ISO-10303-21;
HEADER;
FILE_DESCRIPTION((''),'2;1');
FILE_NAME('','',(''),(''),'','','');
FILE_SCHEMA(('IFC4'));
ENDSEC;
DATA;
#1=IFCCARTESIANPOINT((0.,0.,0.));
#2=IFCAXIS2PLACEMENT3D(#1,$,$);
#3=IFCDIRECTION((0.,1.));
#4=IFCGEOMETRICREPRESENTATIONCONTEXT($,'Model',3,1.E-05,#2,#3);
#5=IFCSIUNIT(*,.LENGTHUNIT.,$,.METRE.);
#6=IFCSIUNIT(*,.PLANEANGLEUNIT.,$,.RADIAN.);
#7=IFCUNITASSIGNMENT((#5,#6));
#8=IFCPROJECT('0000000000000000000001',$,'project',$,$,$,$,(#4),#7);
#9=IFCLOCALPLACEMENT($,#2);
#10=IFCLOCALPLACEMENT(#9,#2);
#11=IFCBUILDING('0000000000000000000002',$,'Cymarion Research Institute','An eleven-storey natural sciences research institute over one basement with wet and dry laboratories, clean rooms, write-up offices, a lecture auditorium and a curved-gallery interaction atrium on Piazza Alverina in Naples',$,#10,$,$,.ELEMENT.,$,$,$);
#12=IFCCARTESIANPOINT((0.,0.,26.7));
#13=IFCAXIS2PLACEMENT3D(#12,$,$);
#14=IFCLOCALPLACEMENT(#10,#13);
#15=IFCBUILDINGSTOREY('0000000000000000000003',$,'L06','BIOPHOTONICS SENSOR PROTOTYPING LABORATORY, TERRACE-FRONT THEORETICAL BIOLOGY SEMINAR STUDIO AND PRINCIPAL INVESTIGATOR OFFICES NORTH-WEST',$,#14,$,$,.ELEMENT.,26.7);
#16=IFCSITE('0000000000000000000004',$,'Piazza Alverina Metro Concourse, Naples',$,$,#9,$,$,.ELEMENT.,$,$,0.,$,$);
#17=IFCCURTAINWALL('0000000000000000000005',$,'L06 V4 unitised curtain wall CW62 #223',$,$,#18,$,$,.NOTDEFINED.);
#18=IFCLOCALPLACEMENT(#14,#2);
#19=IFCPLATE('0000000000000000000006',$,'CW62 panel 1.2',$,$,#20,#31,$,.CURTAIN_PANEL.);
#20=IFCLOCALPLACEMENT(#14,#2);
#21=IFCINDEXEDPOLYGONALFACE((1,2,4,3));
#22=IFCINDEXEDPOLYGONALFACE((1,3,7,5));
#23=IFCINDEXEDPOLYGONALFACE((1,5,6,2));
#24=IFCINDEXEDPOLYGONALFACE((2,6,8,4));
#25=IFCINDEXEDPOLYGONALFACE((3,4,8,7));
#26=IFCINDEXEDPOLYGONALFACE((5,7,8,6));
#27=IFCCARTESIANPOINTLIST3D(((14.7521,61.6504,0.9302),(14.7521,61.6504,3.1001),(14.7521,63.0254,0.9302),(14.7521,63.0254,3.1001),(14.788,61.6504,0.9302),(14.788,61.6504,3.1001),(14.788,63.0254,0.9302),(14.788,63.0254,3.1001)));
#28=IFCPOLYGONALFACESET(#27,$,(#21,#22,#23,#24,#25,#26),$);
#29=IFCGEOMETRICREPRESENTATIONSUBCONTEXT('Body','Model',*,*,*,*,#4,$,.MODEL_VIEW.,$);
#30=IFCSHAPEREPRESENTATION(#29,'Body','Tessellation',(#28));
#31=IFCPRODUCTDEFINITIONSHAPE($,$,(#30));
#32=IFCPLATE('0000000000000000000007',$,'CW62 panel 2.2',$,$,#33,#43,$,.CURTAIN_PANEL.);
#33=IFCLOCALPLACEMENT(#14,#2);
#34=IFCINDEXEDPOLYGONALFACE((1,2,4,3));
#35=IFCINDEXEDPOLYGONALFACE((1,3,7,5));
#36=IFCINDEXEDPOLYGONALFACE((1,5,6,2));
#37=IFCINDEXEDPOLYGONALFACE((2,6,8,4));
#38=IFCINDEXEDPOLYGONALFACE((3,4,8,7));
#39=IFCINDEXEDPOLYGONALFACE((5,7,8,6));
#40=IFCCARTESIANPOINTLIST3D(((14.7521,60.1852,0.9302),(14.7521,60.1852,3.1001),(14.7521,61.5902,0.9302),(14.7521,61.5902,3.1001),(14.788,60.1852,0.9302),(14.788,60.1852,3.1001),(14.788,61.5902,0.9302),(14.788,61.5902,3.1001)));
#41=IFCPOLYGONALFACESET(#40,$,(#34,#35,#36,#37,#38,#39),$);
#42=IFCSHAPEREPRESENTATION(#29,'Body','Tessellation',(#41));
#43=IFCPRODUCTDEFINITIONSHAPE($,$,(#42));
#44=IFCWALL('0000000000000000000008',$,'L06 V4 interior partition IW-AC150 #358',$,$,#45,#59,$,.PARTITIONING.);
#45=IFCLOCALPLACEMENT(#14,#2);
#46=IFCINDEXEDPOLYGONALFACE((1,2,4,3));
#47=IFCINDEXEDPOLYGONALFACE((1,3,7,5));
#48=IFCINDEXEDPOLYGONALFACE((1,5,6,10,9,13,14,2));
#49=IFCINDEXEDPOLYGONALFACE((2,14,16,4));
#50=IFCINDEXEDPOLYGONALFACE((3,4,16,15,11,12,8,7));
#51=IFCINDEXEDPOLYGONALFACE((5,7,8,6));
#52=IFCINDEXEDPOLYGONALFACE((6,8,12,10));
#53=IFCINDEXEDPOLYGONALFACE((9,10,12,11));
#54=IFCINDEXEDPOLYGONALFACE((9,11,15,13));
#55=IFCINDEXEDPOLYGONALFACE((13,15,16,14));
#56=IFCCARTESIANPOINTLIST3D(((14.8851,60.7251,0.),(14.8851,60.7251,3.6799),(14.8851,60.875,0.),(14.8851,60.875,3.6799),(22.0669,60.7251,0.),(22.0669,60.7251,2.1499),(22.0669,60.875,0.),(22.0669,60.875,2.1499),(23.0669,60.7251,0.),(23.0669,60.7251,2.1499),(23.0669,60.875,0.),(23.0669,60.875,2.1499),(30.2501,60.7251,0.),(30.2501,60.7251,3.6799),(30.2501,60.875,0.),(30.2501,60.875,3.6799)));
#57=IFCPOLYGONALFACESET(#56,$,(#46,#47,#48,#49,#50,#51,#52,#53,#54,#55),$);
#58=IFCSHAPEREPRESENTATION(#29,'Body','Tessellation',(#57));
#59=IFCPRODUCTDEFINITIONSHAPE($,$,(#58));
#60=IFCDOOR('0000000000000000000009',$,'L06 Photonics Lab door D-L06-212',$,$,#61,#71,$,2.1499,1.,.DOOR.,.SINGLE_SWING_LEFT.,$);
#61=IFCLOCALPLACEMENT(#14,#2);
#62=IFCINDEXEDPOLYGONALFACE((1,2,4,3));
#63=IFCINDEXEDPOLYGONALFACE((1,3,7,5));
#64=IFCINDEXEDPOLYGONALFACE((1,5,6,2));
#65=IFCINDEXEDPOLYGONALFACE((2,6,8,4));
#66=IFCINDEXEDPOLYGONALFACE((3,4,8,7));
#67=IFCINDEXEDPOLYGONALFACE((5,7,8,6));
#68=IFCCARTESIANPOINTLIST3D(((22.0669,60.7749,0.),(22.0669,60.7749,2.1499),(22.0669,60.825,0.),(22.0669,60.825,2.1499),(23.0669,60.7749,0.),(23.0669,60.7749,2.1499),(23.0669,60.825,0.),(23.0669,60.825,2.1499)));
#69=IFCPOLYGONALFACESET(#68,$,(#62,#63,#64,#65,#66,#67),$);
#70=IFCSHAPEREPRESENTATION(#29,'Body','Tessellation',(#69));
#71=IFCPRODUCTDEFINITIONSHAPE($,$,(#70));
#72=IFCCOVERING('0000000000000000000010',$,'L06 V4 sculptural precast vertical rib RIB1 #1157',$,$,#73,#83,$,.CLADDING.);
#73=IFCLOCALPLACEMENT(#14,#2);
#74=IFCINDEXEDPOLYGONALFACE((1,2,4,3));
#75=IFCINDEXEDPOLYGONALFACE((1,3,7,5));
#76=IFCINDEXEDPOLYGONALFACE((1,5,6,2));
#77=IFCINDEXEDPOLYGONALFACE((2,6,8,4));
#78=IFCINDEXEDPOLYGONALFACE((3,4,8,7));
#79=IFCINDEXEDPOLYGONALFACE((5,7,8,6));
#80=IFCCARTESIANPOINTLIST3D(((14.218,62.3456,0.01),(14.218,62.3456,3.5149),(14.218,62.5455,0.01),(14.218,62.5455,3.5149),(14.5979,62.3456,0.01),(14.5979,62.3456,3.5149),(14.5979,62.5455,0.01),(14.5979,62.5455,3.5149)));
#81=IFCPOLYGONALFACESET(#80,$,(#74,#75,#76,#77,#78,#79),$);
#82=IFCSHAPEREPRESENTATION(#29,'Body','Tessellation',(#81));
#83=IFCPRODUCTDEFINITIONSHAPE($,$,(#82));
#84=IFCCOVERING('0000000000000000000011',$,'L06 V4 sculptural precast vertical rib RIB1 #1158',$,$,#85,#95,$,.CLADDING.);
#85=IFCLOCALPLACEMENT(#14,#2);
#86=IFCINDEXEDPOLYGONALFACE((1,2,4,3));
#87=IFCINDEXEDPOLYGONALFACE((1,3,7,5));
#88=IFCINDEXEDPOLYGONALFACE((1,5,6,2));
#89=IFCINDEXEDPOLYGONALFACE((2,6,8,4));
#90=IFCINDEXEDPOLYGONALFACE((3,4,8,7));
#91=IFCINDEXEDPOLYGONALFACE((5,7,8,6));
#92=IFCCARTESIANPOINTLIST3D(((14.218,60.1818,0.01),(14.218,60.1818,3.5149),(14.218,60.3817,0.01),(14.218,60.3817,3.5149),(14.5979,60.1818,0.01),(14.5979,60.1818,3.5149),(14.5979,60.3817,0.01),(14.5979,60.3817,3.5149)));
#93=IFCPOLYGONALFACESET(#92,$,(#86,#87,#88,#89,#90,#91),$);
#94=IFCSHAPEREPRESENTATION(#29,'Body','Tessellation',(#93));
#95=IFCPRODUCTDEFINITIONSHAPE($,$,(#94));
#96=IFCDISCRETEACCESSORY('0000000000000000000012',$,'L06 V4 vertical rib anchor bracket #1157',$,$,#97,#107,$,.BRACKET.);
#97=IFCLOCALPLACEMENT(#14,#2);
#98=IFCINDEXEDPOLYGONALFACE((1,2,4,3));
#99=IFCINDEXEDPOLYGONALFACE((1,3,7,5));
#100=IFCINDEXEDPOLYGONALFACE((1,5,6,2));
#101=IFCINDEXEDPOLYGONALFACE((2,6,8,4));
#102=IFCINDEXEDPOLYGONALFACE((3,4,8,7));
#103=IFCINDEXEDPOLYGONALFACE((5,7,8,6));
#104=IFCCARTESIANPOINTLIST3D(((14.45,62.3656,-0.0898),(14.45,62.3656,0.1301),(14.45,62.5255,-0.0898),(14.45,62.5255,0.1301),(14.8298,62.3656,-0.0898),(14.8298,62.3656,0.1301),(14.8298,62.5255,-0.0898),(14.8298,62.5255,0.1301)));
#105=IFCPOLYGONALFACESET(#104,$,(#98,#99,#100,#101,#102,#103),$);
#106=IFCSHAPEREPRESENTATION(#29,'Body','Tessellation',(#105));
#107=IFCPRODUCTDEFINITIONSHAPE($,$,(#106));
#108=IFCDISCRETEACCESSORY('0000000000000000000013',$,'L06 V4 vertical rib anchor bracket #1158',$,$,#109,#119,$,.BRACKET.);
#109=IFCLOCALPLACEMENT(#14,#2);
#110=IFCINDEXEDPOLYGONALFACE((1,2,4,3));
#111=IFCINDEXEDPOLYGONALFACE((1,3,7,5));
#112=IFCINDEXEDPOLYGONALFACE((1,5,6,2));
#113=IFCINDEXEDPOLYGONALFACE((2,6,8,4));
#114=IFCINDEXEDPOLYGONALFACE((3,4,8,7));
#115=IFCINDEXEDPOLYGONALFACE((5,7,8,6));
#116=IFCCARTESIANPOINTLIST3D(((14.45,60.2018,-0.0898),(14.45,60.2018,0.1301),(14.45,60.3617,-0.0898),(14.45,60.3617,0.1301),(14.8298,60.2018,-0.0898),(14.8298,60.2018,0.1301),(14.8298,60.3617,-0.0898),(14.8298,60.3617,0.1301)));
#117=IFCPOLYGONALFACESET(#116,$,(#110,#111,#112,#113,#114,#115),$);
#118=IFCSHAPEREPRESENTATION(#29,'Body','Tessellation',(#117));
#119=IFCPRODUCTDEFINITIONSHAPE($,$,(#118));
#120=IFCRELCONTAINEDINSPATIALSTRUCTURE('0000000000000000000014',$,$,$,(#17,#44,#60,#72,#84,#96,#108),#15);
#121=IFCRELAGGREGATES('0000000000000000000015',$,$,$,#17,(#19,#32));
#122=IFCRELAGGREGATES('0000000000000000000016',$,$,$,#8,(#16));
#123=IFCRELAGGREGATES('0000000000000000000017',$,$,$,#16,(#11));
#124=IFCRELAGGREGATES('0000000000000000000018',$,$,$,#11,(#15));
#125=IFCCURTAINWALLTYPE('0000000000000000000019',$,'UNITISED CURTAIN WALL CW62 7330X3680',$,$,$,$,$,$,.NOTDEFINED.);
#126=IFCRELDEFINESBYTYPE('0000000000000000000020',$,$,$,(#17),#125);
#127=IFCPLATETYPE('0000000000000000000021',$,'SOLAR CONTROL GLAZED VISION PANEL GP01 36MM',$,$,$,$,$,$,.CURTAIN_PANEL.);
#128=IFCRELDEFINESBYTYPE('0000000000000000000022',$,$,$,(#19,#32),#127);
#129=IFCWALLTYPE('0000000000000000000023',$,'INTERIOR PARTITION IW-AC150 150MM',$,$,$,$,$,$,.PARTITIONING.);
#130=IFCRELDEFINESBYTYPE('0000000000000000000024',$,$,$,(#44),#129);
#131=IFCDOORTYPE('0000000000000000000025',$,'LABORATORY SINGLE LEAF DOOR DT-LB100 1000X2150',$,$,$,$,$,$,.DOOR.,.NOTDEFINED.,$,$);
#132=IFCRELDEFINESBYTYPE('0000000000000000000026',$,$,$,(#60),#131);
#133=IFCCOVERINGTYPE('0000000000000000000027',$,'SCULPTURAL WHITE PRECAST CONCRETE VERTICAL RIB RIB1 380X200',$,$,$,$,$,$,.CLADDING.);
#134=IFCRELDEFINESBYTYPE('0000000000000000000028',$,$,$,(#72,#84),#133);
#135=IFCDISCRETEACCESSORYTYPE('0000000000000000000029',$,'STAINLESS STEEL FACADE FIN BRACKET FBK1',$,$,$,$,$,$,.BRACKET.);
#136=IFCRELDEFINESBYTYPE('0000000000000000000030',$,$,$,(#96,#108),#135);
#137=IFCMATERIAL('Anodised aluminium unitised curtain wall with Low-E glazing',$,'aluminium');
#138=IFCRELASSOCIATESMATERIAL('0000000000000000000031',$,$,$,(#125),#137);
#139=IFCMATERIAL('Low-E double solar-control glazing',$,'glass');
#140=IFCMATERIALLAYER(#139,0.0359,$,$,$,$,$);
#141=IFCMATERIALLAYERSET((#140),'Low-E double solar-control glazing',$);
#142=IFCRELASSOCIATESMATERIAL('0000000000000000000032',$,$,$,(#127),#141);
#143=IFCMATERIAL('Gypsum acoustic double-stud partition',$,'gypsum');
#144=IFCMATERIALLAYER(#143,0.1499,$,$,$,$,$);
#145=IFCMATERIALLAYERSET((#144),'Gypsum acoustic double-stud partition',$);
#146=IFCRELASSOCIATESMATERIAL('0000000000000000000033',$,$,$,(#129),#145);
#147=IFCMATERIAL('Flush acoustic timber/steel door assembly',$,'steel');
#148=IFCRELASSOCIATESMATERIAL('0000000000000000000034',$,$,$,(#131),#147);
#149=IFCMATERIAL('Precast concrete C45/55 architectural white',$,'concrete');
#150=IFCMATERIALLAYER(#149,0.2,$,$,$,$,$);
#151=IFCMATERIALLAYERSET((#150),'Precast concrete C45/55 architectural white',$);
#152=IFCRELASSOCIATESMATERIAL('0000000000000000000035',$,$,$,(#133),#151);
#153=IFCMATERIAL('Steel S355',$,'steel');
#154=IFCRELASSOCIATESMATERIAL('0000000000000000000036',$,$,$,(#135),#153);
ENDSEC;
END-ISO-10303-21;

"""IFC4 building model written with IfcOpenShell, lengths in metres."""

from ifc_helpers import new_model, si_unit, direction, frame, frame_2d, origin, origin_2d, place, context, subcontext, project, spatial, rectangle, extrude, material, layer, layer_set, type_object, element, fill, aggregate, save


model = new_model("IFC4")

# Units and contexts
model_context = context("Model", 3, precision=1e-05, world=origin(), true_north=direction((0.0, 1.0)))
body_context = subcontext(model_context, "Body", "Model", "MODEL_VIEW")
ifc_project = project(units=[si_unit("LENGTHUNIT", "METRE"), si_unit("PLANEANGLEUNIT", "RADIAN")], contexts=[model_context])

# Site, building, storey
site_placement = place(None, origin())
site = spatial("IfcSite", under=ifc_project, at=site_placement, Name="Piazza Alverina Metro Concourse, Naples", CompositionType="ELEMENT", RefElevation=0.0)
building_placement = place(site_placement, origin())
building = spatial("IfcBuilding", under=site, at=building_placement, Name="Cymarion Research Institute", Description="An eleven-storey natural sciences research institute over one basement with wet and dry laboratories, clean rooms, write-up offices, a lecture auditorium and a curved-gallery interaction atrium on Piazza Alverina in Naples", CompositionType="ELEMENT")
storey_placement = place(building_placement, frame((0.0, 0.0, 26.7)))
storey = spatial("IfcBuildingStorey", under=building, at=storey_placement, Name="L06", Description="BIOPHOTONICS SENSOR PROTOTYPING LABORATORY, TERRACE-FRONT THEORETICAL BIOLOGY SEMINAR STUDIO AND PRINCIPAL INVESTIGATOR OFFICES NORTH-WEST", CompositionType="ELEMENT", Elevation=26.7)

# Curtain wall, plates
ifc_material_1 = material(Name="Anodised aluminium unitised curtain wall with Low-E glazing", Category="aluminium")
curtain_wall_type = type_object("IfcCurtainWallType", Name="UNITISED CURTAIN WALL CW62 7330X3680", PredefinedType="NOTDEFINED", material=ifc_material_1)
curtain_wall_placement = place(storey_placement, origin())
curtain_wall = element("IfcCurtainWall", 1, at=curtain_wall_placement, inside=storey, type_object=curtain_wall_type, Name="L06 V4 unitised curtain wall CW62 #223", PredefinedType="NOTDEFINED")
ifc_material_2 = material(Name="Low-E double solar-control glazing", Category="glass")
ifc_layer_1 = layer(ifc_material_2, 0.0359)
ifc_layer_set_1 = layer_set([ifc_layer_1], Name="Low-E double solar-control glazing")
plate_type_1 = type_object("IfcPlateType", Name="SOLAR CONTROL GLAZED VISION PANEL GP01 36MM", PredefinedType="CURTAIN_PANEL", material=ifc_layer_set_1)
plate_1_placement = place(storey_placement, frame((14.77, 62.3379, 0.9302), z_axis=(0.0, 0.0, 1.0), x_axis=(0.0, -1.0, 0.0)))
plate_1 = element("IfcPlate", 2, at=plate_1_placement, type_object=plate_type_1, Name="CW62 panel 1.2", PredefinedType="CURTAIN_PANEL", context=body_context, shape_type="SweptSolid", body=[
    extrude(rectangle(XDim=1.375, YDim=0.0359, at=origin_2d()), origin(), (0.0, 0.0, 1.0), 2.1699),
])
plate_2_placement = place(storey_placement, frame((14.77, 60.8877, 0.9302), z_axis=(0.0, 0.0, 1.0), x_axis=(0.0, -1.0, 0.0)))
plate_2 = element("IfcPlate", 3, at=plate_2_placement, type_object=plate_type_1, Name="CW62 panel 2.2", PredefinedType="CURTAIN_PANEL", context=body_context, shape_type="SweptSolid", body=[
    extrude(rectangle(XDim=1.405, YDim=0.0359, at=origin_2d()), origin(), (0.0, 0.0, 1.0), 2.1699),
])
aggregate(curtain_wall, [plate_1, plate_2])

# Wall, opening, door
ifc_material_3 = material(Name="Gypsum acoustic double-stud partition", Category="gypsum")
ifc_layer_2 = layer(ifc_material_3, 0.1499)
ifc_layer_set_2 = layer_set([ifc_layer_2], Name="Gypsum acoustic double-stud partition")
wall_type = type_object("IfcWallType", Name="INTERIOR PARTITION IW-AC150 150MM", PredefinedType="PARTITIONING", material=ifc_layer_set_2)
wall_placement = place(storey_placement, frame((14.885, 60.8, 0.0), z_axis=(0.0, 0.0, 1.0), x_axis=(1.0, 0.0, 0.0)))
wall = element("IfcWall", 4, at=wall_placement, inside=storey, type_object=wall_type, Name="L06 V4 interior partition IW-AC150 #358", PredefinedType="PARTITIONING", context=body_context, shape_type="SweptSolid", body=[
    extrude(rectangle(XDim=15.365, YDim=0.1499, at=frame_2d((7.6826, 0.0))), origin(), (0.0, 0.0, 1.0), 3.6799),
])
opening_placement = place(wall_placement, frame((7.1819, 0.0, 0.0)))
opening = element("IfcOpeningElement", 5, at=opening_placement, cuts=wall, PredefinedType="OPENING", context=body_context, shape_type="SweptSolid", body=[
    extrude(rectangle(XDim=1.0, YDim=2.1499, at=frame_2d((0.5, 1.075))), frame((0.0, 0.085, 0.0), z_axis=(0.0, -1.0, 0.0), x_axis=(1.0, 0.0, 0.0)), (0.0, 0.0, 1.0), 0.1699),
])
ifc_material_4 = material(Name="Flush acoustic timber/steel door assembly", Category="steel")
door_type = type_object("IfcDoorType", Name="LABORATORY SINGLE LEAF DOOR DT-LB100 1000X2150", OperationType="NOTDEFINED", PredefinedType="DOOR", material=ifc_material_4)
door_placement = place(opening_placement, origin())
door = element("IfcDoor", 6, at=door_placement, inside=storey, type_object=door_type, Name="L06 Photonics Lab door D-L06-212", OperationType="SINGLE_SWING_LEFT", OverallHeight=2.1499, OverallWidth=1.0, PredefinedType="DOOR", context=body_context, shape_type="SweptSolid", body=[
    extrude(rectangle(XDim=1.0, YDim=2.1499, at=frame_2d((0.5, 1.075))), frame((0.0, 0.0249, 0.0), z_axis=(0.0, -1.0, 0.0), x_axis=(1.0, 0.0, 0.0)), (0.0, 0.0, 1.0), 0.05),
])
fill(opening, door)

# Coverings
ifc_material_5 = material(Name="Precast concrete C45/55 architectural white", Category="concrete")
ifc_layer_3 = layer(ifc_material_5, 0.2)
ifc_layer_set_3 = layer_set([ifc_layer_3], Name="Precast concrete C45/55 architectural white")
covering_type = type_object("IfcCoveringType", Name="SCULPTURAL WHITE PRECAST CONCRETE VERTICAL RIB RIB1 380X200", PredefinedType="CLADDING", material=ifc_layer_set_3)
for number, where, z_axis, x_axis, name in (
    (7, (14.408, 62.4456, 0.01), (0.0, 0.0, 1.0), (-1.0, 0.0, 0.0), "L06 V4 sculptural precast vertical rib RIB1 #1157"),
    (8, (14.408, 60.2817, 0.01), (0.0, 0.0, 1.0), (-1.0, 0.0, 0.0), "L06 V4 sculptural precast vertical rib RIB1 #1158"),
):
    element("IfcCovering", number, at=place(storey_placement, frame(where, z_axis=z_axis, x_axis=x_axis)), inside=storey, type_object=covering_type, Name=name, PredefinedType="CLADDING", context=body_context, shape_type="SweptSolid", body=[
        extrude(rectangle(XDim=0.3799, YDim=0.2, at=origin_2d()), origin(), (0.0, 0.0, 1.0), 3.5049),
    ])

# Discrete accessories
ifc_material_6 = material(Name="Steel S355", Category="steel")
discrete_accessory_type = type_object("IfcDiscreteAccessoryType", Name="STAINLESS STEEL FACADE FIN BRACKET FBK1", PredefinedType="BRACKET", material=ifc_material_6)
for number, where, z_axis, x_axis, name in (
    (9, (14.6399, 62.4456, -0.0898), (0.0, 0.0, 1.0), (-1.0, 0.0, 0.0), "L06 V4 vertical rib anchor bracket #1157"),
    (10, (14.6399, 60.2817, -0.0898), (0.0, 0.0, 1.0), (-1.0, 0.0, 0.0), "L06 V4 vertical rib anchor bracket #1158"),
):
    element("IfcDiscreteAccessory", number, at=place(storey_placement, frame(where, z_axis=z_axis, x_axis=x_axis)), inside=storey, type_object=discrete_accessory_type, Name=name, PredefinedType="BRACKET", context=body_context, shape_type="SweptSolid", body=[
        extrude(rectangle(XDim=0.3799, YDim=0.1599, at=origin_2d()), origin(), (0.0, 0.0, 1.0), 0.22),
    ])

save(model, "model.ifc")
